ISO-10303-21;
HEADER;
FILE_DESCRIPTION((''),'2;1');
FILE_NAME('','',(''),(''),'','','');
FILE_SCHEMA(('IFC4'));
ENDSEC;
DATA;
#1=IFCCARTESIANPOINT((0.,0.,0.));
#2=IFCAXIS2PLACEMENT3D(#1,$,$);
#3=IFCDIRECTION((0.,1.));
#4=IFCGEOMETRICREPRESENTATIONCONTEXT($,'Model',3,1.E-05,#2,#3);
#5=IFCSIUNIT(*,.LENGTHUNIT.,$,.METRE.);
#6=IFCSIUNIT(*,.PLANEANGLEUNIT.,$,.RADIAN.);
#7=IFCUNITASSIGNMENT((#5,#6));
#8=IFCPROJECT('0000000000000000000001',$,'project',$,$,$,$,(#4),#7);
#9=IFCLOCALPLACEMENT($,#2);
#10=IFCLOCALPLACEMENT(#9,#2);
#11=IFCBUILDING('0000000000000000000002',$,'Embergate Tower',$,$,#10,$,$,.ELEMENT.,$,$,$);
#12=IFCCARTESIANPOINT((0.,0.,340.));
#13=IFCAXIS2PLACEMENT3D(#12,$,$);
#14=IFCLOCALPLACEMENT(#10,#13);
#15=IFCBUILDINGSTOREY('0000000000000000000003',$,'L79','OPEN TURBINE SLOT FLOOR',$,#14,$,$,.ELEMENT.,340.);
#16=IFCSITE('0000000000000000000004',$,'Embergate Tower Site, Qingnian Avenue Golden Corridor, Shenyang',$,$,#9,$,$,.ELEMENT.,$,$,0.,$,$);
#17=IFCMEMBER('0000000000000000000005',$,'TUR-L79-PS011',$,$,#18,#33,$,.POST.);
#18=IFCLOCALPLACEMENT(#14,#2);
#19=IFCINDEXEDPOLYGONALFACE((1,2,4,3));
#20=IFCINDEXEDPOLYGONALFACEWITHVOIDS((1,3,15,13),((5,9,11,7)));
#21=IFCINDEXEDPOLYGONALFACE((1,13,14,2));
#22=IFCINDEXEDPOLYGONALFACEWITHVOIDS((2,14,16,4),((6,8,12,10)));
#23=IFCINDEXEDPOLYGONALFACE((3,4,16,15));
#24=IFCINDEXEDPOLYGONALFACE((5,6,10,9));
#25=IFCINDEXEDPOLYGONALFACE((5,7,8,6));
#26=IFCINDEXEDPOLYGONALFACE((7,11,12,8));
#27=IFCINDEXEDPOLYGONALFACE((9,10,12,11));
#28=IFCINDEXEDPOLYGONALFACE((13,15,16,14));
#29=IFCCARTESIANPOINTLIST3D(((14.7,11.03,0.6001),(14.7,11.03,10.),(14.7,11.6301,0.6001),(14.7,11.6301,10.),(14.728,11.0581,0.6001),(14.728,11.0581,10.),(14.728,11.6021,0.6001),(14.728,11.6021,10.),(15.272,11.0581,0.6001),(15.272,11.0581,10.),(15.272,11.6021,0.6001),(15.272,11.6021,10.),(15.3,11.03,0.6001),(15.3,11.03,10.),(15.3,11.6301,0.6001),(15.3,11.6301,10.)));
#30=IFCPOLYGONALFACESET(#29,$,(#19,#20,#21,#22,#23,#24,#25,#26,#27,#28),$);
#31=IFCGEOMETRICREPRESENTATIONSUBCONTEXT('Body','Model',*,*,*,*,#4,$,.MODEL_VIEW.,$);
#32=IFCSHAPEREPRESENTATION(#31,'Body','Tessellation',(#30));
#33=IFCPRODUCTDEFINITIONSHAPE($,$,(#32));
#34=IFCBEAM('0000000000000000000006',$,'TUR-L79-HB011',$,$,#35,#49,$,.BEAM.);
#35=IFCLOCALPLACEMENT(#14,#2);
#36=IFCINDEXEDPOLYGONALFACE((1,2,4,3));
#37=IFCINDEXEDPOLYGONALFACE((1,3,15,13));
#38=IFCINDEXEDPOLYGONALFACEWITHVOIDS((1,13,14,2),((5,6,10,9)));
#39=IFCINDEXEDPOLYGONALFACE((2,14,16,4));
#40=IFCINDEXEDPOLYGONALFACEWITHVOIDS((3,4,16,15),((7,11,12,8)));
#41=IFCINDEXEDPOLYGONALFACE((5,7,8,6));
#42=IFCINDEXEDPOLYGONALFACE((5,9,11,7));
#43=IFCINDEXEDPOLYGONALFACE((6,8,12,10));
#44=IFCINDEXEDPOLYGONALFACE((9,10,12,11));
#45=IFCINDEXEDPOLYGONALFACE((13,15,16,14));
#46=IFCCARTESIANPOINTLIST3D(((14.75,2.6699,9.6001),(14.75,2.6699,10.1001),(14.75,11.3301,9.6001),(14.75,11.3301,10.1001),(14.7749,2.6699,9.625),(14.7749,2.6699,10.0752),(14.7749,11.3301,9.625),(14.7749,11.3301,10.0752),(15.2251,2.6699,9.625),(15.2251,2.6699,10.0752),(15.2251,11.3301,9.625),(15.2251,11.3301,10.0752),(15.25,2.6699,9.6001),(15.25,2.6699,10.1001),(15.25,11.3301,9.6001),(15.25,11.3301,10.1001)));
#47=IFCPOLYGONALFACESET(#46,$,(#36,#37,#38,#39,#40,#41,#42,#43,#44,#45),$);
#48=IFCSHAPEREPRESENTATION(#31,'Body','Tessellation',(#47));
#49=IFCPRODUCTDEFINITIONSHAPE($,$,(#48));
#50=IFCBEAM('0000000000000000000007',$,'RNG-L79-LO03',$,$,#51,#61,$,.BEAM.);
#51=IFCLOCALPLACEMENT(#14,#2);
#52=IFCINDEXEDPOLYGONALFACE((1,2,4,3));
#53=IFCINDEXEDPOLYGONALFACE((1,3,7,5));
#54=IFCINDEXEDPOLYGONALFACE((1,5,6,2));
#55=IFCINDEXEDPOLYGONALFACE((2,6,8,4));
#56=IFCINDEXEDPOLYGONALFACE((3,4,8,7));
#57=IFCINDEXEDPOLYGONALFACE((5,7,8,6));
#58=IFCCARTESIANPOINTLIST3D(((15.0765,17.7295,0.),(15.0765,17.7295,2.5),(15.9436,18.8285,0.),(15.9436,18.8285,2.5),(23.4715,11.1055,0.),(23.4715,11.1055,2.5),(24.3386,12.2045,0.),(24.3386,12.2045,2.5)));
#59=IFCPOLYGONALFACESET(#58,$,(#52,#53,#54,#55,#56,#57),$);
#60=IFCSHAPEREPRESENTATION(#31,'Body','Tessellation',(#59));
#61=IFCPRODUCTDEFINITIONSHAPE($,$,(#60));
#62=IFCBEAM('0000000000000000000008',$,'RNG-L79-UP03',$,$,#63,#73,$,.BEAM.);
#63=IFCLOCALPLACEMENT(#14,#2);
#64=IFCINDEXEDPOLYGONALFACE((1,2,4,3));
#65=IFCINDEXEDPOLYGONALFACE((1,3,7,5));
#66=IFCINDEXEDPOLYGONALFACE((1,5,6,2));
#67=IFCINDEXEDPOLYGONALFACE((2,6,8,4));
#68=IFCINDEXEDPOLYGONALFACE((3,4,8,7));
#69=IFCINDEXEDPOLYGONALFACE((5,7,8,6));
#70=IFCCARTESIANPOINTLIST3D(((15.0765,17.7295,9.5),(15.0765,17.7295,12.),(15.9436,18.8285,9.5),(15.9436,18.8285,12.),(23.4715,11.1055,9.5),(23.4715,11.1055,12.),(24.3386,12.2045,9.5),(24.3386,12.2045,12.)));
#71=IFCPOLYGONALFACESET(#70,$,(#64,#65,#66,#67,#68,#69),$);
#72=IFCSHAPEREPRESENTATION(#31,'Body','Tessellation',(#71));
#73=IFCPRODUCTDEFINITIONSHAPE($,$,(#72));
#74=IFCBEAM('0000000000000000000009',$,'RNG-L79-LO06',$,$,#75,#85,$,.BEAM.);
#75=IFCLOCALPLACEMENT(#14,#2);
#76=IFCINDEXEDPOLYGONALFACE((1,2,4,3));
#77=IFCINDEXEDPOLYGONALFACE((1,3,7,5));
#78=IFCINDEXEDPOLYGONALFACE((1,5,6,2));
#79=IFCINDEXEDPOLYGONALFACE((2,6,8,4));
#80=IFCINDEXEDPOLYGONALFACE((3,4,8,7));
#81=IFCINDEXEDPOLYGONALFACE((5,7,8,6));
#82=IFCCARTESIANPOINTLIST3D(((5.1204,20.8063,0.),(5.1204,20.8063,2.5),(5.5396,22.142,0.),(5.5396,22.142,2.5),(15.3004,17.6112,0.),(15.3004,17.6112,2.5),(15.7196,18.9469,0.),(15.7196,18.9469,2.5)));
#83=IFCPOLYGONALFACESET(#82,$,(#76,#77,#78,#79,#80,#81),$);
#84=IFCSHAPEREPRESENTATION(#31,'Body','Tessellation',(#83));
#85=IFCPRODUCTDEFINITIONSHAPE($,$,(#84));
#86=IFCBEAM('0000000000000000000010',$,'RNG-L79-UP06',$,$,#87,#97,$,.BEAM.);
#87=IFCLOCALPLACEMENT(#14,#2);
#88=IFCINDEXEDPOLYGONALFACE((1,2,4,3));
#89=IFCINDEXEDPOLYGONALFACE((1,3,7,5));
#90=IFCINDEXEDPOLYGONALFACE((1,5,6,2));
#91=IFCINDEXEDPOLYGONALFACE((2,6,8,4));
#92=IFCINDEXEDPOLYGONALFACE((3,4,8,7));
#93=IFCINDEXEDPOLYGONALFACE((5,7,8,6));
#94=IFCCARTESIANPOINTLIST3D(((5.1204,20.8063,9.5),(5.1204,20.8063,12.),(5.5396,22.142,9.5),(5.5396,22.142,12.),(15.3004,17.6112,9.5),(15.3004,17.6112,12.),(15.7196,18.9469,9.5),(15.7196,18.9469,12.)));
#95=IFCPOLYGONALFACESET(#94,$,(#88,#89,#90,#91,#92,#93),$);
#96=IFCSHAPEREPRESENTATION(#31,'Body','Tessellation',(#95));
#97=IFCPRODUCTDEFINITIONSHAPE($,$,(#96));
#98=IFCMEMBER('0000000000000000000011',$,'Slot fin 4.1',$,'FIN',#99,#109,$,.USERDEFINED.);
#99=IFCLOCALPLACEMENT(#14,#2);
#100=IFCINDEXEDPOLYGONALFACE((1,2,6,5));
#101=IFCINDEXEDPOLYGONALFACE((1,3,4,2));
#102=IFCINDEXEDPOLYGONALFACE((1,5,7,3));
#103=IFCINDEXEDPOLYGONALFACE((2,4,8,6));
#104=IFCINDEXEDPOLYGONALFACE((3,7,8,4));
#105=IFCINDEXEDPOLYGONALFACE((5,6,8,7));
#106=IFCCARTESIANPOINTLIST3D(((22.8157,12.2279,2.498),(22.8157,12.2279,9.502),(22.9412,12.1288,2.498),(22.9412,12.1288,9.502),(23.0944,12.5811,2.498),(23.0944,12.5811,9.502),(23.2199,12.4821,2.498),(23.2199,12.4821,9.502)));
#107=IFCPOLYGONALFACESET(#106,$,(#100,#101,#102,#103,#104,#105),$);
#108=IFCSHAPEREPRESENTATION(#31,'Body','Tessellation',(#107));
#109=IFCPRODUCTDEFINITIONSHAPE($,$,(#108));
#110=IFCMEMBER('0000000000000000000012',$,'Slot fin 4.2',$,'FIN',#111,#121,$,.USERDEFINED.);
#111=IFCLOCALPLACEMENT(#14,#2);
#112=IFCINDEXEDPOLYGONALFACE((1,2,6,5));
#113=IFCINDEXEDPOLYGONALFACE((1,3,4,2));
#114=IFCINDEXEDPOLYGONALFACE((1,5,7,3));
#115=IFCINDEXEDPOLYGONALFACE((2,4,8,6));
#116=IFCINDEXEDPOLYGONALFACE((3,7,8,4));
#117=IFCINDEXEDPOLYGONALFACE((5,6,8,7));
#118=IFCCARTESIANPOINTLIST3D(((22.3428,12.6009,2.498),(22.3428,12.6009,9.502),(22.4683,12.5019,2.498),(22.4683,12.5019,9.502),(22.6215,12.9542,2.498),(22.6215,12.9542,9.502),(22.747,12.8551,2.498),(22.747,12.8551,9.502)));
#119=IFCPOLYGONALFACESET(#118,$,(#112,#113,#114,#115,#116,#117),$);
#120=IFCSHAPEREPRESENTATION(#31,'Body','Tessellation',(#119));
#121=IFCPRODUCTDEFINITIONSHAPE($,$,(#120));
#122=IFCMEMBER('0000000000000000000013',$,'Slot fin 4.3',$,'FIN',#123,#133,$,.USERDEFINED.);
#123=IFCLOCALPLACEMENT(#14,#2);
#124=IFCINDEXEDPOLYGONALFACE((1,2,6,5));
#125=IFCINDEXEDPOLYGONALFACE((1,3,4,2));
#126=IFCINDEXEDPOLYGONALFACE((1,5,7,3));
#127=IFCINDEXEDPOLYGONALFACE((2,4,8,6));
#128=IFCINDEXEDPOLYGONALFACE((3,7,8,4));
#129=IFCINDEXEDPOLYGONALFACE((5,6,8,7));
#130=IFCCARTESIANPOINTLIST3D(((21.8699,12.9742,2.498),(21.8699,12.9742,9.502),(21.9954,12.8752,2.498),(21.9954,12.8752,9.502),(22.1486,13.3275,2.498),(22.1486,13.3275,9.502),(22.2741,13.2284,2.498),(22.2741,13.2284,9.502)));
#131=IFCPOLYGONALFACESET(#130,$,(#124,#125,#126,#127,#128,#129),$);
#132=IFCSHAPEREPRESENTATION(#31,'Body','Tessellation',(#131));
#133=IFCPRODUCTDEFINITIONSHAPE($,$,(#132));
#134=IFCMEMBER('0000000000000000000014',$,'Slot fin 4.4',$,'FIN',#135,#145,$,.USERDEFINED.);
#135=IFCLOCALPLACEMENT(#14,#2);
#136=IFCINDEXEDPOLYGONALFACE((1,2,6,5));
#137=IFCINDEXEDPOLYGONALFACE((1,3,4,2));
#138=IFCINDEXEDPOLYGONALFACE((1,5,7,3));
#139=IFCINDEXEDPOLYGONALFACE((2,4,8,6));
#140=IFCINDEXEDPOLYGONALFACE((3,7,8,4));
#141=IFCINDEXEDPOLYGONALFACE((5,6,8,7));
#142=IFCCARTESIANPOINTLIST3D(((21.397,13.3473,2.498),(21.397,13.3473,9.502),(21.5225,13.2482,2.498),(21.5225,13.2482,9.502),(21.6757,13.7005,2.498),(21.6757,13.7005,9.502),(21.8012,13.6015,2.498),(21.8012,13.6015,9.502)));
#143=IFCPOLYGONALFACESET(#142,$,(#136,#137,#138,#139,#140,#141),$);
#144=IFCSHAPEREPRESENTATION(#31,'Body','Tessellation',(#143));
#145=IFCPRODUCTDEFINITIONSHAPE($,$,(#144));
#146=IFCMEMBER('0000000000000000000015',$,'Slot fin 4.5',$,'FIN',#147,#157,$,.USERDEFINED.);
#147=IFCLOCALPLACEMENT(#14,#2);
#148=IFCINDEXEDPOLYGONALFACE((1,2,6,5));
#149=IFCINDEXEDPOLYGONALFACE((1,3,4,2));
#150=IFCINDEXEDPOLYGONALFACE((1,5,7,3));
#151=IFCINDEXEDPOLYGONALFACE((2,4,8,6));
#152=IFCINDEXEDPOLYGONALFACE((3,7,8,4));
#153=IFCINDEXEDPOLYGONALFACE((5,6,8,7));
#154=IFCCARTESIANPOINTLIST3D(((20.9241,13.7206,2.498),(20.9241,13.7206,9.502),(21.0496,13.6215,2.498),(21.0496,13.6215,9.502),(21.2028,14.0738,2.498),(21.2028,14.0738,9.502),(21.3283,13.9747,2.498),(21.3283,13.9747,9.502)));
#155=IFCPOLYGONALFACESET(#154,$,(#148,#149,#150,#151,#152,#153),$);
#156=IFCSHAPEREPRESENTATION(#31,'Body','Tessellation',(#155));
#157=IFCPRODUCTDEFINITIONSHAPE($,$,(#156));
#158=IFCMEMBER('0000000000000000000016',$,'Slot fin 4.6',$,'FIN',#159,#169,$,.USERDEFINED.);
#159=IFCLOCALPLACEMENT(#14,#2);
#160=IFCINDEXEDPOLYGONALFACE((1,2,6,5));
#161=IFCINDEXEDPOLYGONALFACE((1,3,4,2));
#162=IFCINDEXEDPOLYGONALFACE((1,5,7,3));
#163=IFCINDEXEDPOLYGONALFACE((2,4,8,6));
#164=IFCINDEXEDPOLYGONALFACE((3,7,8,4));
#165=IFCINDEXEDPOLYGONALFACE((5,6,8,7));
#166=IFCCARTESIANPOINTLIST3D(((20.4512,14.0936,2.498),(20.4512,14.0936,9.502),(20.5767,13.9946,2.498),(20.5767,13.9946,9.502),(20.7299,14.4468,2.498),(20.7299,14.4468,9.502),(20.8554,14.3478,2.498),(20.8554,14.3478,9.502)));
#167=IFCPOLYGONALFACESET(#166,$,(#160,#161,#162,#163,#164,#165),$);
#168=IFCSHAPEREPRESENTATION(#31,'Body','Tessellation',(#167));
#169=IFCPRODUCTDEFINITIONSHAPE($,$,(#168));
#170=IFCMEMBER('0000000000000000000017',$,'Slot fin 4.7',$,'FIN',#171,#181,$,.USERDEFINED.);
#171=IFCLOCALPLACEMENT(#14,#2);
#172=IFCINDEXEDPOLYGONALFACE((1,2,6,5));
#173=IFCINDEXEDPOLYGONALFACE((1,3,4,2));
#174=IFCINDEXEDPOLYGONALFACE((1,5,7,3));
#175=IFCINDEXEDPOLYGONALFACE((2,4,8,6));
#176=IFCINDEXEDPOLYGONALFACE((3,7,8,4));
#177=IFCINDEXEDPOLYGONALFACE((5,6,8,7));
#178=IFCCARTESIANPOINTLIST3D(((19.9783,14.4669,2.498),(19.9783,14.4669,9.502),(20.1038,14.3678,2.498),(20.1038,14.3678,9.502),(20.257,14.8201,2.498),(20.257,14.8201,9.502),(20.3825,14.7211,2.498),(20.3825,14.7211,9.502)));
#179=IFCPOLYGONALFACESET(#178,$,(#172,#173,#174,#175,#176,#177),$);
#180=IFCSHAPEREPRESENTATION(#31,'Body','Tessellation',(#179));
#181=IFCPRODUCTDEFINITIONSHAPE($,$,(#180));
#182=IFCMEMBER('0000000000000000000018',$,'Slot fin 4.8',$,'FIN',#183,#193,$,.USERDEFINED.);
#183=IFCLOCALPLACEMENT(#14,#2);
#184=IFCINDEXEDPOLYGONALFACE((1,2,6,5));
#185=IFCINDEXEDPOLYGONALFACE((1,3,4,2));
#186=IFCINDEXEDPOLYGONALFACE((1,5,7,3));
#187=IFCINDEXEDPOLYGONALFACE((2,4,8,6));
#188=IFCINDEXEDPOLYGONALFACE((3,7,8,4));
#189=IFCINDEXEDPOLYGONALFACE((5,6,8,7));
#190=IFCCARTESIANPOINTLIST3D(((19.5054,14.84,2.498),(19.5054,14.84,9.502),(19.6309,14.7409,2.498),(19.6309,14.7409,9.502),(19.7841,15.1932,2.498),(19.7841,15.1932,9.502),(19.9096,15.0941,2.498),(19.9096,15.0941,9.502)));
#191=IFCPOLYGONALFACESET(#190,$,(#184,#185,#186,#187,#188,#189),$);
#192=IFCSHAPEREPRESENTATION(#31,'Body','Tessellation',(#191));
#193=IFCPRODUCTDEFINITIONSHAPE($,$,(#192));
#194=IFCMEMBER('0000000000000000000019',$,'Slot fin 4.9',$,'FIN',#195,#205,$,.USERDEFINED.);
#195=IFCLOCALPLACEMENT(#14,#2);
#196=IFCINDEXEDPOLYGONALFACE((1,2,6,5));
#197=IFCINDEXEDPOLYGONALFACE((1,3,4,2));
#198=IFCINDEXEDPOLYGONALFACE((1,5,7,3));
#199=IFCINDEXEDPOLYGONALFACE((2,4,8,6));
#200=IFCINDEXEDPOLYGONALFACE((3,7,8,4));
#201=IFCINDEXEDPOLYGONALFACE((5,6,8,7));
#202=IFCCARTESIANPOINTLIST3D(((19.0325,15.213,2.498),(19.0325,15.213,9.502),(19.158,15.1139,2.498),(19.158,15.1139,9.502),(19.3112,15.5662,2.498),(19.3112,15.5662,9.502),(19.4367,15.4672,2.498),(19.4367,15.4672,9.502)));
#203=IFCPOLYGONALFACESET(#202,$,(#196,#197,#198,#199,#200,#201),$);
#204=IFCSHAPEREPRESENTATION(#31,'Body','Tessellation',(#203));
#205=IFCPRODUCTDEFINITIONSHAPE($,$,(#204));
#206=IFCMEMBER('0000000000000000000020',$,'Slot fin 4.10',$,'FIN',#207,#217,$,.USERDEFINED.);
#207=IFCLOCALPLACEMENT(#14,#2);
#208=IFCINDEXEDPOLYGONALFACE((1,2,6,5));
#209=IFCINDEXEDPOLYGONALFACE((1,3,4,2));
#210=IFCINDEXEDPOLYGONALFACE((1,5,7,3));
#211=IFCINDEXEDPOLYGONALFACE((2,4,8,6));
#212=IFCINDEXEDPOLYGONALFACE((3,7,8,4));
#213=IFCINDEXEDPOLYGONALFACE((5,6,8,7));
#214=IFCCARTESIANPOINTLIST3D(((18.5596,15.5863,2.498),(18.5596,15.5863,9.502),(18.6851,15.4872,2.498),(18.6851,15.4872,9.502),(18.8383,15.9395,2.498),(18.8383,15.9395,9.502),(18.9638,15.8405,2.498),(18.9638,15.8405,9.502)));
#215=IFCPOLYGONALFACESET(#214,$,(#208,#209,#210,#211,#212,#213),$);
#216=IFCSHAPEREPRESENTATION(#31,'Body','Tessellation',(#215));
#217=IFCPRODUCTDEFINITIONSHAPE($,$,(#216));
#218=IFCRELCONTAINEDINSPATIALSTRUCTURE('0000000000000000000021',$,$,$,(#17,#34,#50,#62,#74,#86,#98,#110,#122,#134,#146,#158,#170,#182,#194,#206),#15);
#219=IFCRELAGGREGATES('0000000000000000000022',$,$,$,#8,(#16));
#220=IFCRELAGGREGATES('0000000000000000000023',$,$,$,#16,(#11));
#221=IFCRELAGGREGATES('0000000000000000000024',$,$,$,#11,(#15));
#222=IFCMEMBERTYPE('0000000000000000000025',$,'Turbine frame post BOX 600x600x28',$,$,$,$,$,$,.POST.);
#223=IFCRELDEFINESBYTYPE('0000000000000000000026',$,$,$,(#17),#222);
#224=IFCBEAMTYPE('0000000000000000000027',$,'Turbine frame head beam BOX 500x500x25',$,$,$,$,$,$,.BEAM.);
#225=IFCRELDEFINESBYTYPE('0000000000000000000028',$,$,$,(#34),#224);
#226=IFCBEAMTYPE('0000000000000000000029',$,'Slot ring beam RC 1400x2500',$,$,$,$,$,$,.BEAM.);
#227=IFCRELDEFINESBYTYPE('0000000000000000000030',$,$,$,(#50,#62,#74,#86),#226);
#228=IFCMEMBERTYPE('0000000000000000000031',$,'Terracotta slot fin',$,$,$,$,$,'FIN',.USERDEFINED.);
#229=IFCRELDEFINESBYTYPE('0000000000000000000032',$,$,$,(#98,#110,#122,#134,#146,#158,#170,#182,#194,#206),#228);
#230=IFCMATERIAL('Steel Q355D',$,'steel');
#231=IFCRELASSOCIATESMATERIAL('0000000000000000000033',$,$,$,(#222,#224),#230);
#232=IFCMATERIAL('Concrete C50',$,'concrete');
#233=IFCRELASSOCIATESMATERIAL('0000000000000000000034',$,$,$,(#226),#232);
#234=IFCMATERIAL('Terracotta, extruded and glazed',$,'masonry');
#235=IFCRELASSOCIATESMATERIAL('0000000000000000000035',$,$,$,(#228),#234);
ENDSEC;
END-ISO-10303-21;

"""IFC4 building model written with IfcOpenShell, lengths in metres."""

from ifc_helpers import new_model, si_unit, direction, frame, origin, origin_2d, place, context, subcontext, project, spatial, rectangle, hollow_rectangle, extrude, source, transform, mapped, material, material_profile, profile_set, type_object, element, save


model = new_model("IFC4")

# Units and contexts
model_context = context("Model", 3, precision=1e-05, world=origin(), true_north=direction((0.0, 1.0)))
body_context = subcontext(model_context, "Body", "Model", "MODEL_VIEW")
ifc_project = project(units=[si_unit("LENGTHUNIT", "METRE"), si_unit("PLANEANGLEUNIT", "RADIAN")], contexts=[model_context])

# Site, building, storey
site_placement = place(None, origin())
site = spatial("IfcSite", under=ifc_project, at=site_placement, Name="Embergate Tower Site, Qingnian Avenue Golden Corridor, Shenyang", CompositionType="ELEMENT", RefElevation=0.0)
building_placement = place(site_placement, origin())
building = spatial("IfcBuilding", under=site, at=building_placement, Name="Embergate Tower", CompositionType="ELEMENT")
storey_placement = place(building_placement, frame((0.0, 0.0, 340.0)))
storey = spatial("IfcBuildingStorey", under=building, at=storey_placement, Name="L79", Description="OPEN TURBINE SLOT FLOOR", CompositionType="ELEMENT", Elevation=340.0)

# Shared definitions
ifc_material_1 = material(Name="Concrete C50", Category="concrete")

# Member
ifc_material_2 = material(Name="Steel Q355D", Category="steel")
ifc_material_profile_1 = material_profile(ifc_material_2, hollow_rectangle(XDim=0.6001, YDim=0.6001, WallThickness=0.0281, at=origin_2d()), Name="BOX 600x600x28")
ifc_profile_set_1 = profile_set([ifc_material_profile_1], Name="Steel Q355 grade D")
member_type_1 = type_object("IfcMemberType", Name="Turbine frame post BOX 600x600x28", PredefinedType="POST", material=ifc_profile_set_1)
shared_shape_1 = source(origin(), body_context, "Body", "SweptSolid", [
    extrude(hollow_rectangle(XDim=0.6001, YDim=0.6001, WallThickness=0.0281, at=origin_2d()), origin(), (0.0, 0.0, 1.0), 9.3999),
])
member_1_placement = place(storey_placement, frame((15.0, 11.3301, 0.6001), z_axis=(0.0, 0.0, 1.0), x_axis=(1.0, 0.0, 0.0)))
element("IfcMember", 1, at=member_1_placement, inside=storey, type_object=member_type_1, Name="TUR-L79-PS011", PredefinedType="POST", context=body_context, shape_type="MappedRepresentation", body=[
    mapped(shared_shape_1, transform((0.0, 0.0, 0.0))),
])

# Beams
ifc_material_profile_2 = material_profile(ifc_material_2, hollow_rectangle(XDim=0.5, YDim=0.5, WallThickness=0.0249, at=origin_2d()), Name="BOX 500x500x25")
ifc_profile_set_2 = profile_set([ifc_material_profile_2], Name="Steel Q355 grade D")
beam_type_1 = type_object("IfcBeamType", Name="Turbine frame head beam BOX 500x500x25", PredefinedType="BEAM", material=ifc_profile_set_2)
shared_shape_2 = source(origin(), body_context, "Body", "SweptSolid", [
    extrude(hollow_rectangle(XDim=0.5, YDim=0.5, WallThickness=0.0249, at=origin_2d()), origin(), (0.0, 0.0, 1.0), 8.6602),
])
beam_1_placement = place(storey_placement, frame((15.0, 11.3301, 9.8501), z_axis=(0.0, -1.0, 0.0), x_axis=(1.0, 0.0, 0.0)))
element("IfcBeam", 2, at=beam_1_placement, inside=storey, type_object=beam_type_1, Name="TUR-L79-HB011", PredefinedType="BEAM", context=body_context, shape_type="MappedRepresentation", body=[
    mapped(shared_shape_2, transform((0.0, 0.0, 0.0))),
])
ifc_material_profile_3 = material_profile(ifc_material_1, rectangle(XDim=1.3999, YDim=2.5, at=origin_2d()), Name="RC 1400x2500")
ifc_profile_set_3 = profile_set([ifc_material_profile_3], Name="Concrete C50")
beam_type_2 = type_object("IfcBeamType", Name="Slot ring beam RC 1400x2500", PredefinedType="BEAM", material=ifc_profile_set_3)
shared_shape_3 = source(origin(), body_context, "Body", "SweptSolid", [
    extrude(rectangle(XDim=1.3999, YDim=2.5, at=origin_2d()), origin(), (0.0, 0.0, 1.0), 10.6936),
])
for number, where, z_axis, x_axis, name in (
    (3, (23.905, 11.655, 1.25), (-0.785048, 0.619436, 0.0), (-0.619436, -0.785048, 0.0), "RNG-L79-LO03"),
    (4, (23.905, 11.655, 10.75), (-0.785048, 0.619436, 0.0), (-0.619436, -0.785048, 0.0), "RNG-L79-UP03"),
):
    element("IfcBeam", number, at=place(storey_placement, frame(where, z_axis=z_axis, x_axis=x_axis)), inside=storey, type_object=beam_type_2, Name=name, PredefinedType="BEAM", context=body_context, shape_type="MappedRepresentation", body=[
        mapped(shared_shape_3, transform((0.0, 0.0, 0.0))),
    ])
shared_shape_4 = source(origin(), body_context, "Body", "SweptSolid", [
    extrude(rectangle(XDim=1.3999, YDim=2.5, at=origin_2d()), origin(), (0.0, 0.0, 1.0), 10.6697),
])
for number, where, z_axis, x_axis, name in (
    (5, (15.51, 18.2791, 1.25), (-0.95411, 0.299456, 0.0), (-0.299456, -0.95411, 0.0), "RNG-L79-LO06"),
    (6, (15.51, 18.2791, 10.75), (-0.95411, 0.299456, 0.0), (-0.299456, -0.95411, 0.0), "RNG-L79-UP06"),
):
    element("IfcBeam", number, at=place(storey_placement, frame(where, z_axis=z_axis, x_axis=x_axis)), inside=storey, type_object=beam_type_2, Name=name, PredefinedType="BEAM", context=body_context, shape_type="MappedRepresentation", body=[
        mapped(shared_shape_4, transform((0.0, 0.0, 0.0))),
    ])

# Members
ifc_material_3 = material(Name="Terracotta, extruded and glazed", Category="masonry")
ifc_material_profile_4 = material_profile(ifc_material_3, rectangle(XDim=0.45, YDim=0.1599, at=origin_2d()), Name="TC 450x160")
ifc_profile_set_4 = profile_set([ifc_material_profile_4], Name="Terracotta, extruded and glazed")
member_type_2 = type_object("IfcMemberType", Name="Terracotta slot fin", ElementType="FIN", PredefinedType="USERDEFINED", material=ifc_profile_set_4)
shared_shape_5 = source(origin(), body_context, "Body", "SweptSolid", [
    extrude(rectangle(XDim=0.45, YDim=0.1599, at=origin_2d()), origin(), (0.0, 0.0, 1.0), 7.0039),
])
for number, where, z_axis, x_axis, name in (
    (7, (23.0178, 12.355, 2.498), (0.0, 0.0, 1.0), (-0.619435, -0.785048, 0.0), "Slot fin 4.1"),
    (8, (22.5449, 12.728, 2.498), (0.0, 0.0, 1.0), (-0.619435, -0.785048, 0.0), "Slot fin 4.2"),
    (9, (22.072, 13.1013, 2.498), (0.0, 0.0, 1.0), (-0.619435, -0.785048, 0.0), "Slot fin 4.3"),
    (10, (21.5991, 13.4744, 2.498), (0.0, 0.0, 1.0), (-0.619435, -0.785048, 0.0), "Slot fin 4.4"),
    (11, (21.1262, 13.8477, 2.498), (0.0, 0.0, 1.0), (-0.619435, -0.785048, 0.0), "Slot fin 4.5"),
    (12, (20.6533, 14.2207, 2.498), (0.0, 0.0, 1.0), (-0.619435, -0.785048, 0.0), "Slot fin 4.6"),
    (13, (20.1804, 14.594, 2.498), (0.0, 0.0, 1.0), (-0.619435, -0.785048, 0.0), "Slot fin 4.7"),
    (14, (19.7075, 14.967, 2.498), (0.0, 0.0, 1.0), (-0.619435, -0.785048, 0.0), "Slot fin 4.8"),
    (15, (19.2346, 15.3401, 2.498), (0.0, 0.0, 1.0), (-0.619435, -0.785048, 0.0), "Slot fin 4.9"),
    (16, (18.7617, 15.7134, 2.498), (0.0, 0.0, 1.0), (-0.619435, -0.785048, 0.0), "Slot fin 4.10"),
):
    element("IfcMember", number, at=place(storey_placement, frame(where, z_axis=z_axis, x_axis=x_axis)), inside=storey, type_object=member_type_2, Name=name, ObjectType="FIN", PredefinedType="USERDEFINED", context=body_context, shape_type="MappedRepresentation", body=[
        mapped(shared_shape_5, transform((0.0, 0.0, 0.0))),
    ])

save(model, "model.ifc")
